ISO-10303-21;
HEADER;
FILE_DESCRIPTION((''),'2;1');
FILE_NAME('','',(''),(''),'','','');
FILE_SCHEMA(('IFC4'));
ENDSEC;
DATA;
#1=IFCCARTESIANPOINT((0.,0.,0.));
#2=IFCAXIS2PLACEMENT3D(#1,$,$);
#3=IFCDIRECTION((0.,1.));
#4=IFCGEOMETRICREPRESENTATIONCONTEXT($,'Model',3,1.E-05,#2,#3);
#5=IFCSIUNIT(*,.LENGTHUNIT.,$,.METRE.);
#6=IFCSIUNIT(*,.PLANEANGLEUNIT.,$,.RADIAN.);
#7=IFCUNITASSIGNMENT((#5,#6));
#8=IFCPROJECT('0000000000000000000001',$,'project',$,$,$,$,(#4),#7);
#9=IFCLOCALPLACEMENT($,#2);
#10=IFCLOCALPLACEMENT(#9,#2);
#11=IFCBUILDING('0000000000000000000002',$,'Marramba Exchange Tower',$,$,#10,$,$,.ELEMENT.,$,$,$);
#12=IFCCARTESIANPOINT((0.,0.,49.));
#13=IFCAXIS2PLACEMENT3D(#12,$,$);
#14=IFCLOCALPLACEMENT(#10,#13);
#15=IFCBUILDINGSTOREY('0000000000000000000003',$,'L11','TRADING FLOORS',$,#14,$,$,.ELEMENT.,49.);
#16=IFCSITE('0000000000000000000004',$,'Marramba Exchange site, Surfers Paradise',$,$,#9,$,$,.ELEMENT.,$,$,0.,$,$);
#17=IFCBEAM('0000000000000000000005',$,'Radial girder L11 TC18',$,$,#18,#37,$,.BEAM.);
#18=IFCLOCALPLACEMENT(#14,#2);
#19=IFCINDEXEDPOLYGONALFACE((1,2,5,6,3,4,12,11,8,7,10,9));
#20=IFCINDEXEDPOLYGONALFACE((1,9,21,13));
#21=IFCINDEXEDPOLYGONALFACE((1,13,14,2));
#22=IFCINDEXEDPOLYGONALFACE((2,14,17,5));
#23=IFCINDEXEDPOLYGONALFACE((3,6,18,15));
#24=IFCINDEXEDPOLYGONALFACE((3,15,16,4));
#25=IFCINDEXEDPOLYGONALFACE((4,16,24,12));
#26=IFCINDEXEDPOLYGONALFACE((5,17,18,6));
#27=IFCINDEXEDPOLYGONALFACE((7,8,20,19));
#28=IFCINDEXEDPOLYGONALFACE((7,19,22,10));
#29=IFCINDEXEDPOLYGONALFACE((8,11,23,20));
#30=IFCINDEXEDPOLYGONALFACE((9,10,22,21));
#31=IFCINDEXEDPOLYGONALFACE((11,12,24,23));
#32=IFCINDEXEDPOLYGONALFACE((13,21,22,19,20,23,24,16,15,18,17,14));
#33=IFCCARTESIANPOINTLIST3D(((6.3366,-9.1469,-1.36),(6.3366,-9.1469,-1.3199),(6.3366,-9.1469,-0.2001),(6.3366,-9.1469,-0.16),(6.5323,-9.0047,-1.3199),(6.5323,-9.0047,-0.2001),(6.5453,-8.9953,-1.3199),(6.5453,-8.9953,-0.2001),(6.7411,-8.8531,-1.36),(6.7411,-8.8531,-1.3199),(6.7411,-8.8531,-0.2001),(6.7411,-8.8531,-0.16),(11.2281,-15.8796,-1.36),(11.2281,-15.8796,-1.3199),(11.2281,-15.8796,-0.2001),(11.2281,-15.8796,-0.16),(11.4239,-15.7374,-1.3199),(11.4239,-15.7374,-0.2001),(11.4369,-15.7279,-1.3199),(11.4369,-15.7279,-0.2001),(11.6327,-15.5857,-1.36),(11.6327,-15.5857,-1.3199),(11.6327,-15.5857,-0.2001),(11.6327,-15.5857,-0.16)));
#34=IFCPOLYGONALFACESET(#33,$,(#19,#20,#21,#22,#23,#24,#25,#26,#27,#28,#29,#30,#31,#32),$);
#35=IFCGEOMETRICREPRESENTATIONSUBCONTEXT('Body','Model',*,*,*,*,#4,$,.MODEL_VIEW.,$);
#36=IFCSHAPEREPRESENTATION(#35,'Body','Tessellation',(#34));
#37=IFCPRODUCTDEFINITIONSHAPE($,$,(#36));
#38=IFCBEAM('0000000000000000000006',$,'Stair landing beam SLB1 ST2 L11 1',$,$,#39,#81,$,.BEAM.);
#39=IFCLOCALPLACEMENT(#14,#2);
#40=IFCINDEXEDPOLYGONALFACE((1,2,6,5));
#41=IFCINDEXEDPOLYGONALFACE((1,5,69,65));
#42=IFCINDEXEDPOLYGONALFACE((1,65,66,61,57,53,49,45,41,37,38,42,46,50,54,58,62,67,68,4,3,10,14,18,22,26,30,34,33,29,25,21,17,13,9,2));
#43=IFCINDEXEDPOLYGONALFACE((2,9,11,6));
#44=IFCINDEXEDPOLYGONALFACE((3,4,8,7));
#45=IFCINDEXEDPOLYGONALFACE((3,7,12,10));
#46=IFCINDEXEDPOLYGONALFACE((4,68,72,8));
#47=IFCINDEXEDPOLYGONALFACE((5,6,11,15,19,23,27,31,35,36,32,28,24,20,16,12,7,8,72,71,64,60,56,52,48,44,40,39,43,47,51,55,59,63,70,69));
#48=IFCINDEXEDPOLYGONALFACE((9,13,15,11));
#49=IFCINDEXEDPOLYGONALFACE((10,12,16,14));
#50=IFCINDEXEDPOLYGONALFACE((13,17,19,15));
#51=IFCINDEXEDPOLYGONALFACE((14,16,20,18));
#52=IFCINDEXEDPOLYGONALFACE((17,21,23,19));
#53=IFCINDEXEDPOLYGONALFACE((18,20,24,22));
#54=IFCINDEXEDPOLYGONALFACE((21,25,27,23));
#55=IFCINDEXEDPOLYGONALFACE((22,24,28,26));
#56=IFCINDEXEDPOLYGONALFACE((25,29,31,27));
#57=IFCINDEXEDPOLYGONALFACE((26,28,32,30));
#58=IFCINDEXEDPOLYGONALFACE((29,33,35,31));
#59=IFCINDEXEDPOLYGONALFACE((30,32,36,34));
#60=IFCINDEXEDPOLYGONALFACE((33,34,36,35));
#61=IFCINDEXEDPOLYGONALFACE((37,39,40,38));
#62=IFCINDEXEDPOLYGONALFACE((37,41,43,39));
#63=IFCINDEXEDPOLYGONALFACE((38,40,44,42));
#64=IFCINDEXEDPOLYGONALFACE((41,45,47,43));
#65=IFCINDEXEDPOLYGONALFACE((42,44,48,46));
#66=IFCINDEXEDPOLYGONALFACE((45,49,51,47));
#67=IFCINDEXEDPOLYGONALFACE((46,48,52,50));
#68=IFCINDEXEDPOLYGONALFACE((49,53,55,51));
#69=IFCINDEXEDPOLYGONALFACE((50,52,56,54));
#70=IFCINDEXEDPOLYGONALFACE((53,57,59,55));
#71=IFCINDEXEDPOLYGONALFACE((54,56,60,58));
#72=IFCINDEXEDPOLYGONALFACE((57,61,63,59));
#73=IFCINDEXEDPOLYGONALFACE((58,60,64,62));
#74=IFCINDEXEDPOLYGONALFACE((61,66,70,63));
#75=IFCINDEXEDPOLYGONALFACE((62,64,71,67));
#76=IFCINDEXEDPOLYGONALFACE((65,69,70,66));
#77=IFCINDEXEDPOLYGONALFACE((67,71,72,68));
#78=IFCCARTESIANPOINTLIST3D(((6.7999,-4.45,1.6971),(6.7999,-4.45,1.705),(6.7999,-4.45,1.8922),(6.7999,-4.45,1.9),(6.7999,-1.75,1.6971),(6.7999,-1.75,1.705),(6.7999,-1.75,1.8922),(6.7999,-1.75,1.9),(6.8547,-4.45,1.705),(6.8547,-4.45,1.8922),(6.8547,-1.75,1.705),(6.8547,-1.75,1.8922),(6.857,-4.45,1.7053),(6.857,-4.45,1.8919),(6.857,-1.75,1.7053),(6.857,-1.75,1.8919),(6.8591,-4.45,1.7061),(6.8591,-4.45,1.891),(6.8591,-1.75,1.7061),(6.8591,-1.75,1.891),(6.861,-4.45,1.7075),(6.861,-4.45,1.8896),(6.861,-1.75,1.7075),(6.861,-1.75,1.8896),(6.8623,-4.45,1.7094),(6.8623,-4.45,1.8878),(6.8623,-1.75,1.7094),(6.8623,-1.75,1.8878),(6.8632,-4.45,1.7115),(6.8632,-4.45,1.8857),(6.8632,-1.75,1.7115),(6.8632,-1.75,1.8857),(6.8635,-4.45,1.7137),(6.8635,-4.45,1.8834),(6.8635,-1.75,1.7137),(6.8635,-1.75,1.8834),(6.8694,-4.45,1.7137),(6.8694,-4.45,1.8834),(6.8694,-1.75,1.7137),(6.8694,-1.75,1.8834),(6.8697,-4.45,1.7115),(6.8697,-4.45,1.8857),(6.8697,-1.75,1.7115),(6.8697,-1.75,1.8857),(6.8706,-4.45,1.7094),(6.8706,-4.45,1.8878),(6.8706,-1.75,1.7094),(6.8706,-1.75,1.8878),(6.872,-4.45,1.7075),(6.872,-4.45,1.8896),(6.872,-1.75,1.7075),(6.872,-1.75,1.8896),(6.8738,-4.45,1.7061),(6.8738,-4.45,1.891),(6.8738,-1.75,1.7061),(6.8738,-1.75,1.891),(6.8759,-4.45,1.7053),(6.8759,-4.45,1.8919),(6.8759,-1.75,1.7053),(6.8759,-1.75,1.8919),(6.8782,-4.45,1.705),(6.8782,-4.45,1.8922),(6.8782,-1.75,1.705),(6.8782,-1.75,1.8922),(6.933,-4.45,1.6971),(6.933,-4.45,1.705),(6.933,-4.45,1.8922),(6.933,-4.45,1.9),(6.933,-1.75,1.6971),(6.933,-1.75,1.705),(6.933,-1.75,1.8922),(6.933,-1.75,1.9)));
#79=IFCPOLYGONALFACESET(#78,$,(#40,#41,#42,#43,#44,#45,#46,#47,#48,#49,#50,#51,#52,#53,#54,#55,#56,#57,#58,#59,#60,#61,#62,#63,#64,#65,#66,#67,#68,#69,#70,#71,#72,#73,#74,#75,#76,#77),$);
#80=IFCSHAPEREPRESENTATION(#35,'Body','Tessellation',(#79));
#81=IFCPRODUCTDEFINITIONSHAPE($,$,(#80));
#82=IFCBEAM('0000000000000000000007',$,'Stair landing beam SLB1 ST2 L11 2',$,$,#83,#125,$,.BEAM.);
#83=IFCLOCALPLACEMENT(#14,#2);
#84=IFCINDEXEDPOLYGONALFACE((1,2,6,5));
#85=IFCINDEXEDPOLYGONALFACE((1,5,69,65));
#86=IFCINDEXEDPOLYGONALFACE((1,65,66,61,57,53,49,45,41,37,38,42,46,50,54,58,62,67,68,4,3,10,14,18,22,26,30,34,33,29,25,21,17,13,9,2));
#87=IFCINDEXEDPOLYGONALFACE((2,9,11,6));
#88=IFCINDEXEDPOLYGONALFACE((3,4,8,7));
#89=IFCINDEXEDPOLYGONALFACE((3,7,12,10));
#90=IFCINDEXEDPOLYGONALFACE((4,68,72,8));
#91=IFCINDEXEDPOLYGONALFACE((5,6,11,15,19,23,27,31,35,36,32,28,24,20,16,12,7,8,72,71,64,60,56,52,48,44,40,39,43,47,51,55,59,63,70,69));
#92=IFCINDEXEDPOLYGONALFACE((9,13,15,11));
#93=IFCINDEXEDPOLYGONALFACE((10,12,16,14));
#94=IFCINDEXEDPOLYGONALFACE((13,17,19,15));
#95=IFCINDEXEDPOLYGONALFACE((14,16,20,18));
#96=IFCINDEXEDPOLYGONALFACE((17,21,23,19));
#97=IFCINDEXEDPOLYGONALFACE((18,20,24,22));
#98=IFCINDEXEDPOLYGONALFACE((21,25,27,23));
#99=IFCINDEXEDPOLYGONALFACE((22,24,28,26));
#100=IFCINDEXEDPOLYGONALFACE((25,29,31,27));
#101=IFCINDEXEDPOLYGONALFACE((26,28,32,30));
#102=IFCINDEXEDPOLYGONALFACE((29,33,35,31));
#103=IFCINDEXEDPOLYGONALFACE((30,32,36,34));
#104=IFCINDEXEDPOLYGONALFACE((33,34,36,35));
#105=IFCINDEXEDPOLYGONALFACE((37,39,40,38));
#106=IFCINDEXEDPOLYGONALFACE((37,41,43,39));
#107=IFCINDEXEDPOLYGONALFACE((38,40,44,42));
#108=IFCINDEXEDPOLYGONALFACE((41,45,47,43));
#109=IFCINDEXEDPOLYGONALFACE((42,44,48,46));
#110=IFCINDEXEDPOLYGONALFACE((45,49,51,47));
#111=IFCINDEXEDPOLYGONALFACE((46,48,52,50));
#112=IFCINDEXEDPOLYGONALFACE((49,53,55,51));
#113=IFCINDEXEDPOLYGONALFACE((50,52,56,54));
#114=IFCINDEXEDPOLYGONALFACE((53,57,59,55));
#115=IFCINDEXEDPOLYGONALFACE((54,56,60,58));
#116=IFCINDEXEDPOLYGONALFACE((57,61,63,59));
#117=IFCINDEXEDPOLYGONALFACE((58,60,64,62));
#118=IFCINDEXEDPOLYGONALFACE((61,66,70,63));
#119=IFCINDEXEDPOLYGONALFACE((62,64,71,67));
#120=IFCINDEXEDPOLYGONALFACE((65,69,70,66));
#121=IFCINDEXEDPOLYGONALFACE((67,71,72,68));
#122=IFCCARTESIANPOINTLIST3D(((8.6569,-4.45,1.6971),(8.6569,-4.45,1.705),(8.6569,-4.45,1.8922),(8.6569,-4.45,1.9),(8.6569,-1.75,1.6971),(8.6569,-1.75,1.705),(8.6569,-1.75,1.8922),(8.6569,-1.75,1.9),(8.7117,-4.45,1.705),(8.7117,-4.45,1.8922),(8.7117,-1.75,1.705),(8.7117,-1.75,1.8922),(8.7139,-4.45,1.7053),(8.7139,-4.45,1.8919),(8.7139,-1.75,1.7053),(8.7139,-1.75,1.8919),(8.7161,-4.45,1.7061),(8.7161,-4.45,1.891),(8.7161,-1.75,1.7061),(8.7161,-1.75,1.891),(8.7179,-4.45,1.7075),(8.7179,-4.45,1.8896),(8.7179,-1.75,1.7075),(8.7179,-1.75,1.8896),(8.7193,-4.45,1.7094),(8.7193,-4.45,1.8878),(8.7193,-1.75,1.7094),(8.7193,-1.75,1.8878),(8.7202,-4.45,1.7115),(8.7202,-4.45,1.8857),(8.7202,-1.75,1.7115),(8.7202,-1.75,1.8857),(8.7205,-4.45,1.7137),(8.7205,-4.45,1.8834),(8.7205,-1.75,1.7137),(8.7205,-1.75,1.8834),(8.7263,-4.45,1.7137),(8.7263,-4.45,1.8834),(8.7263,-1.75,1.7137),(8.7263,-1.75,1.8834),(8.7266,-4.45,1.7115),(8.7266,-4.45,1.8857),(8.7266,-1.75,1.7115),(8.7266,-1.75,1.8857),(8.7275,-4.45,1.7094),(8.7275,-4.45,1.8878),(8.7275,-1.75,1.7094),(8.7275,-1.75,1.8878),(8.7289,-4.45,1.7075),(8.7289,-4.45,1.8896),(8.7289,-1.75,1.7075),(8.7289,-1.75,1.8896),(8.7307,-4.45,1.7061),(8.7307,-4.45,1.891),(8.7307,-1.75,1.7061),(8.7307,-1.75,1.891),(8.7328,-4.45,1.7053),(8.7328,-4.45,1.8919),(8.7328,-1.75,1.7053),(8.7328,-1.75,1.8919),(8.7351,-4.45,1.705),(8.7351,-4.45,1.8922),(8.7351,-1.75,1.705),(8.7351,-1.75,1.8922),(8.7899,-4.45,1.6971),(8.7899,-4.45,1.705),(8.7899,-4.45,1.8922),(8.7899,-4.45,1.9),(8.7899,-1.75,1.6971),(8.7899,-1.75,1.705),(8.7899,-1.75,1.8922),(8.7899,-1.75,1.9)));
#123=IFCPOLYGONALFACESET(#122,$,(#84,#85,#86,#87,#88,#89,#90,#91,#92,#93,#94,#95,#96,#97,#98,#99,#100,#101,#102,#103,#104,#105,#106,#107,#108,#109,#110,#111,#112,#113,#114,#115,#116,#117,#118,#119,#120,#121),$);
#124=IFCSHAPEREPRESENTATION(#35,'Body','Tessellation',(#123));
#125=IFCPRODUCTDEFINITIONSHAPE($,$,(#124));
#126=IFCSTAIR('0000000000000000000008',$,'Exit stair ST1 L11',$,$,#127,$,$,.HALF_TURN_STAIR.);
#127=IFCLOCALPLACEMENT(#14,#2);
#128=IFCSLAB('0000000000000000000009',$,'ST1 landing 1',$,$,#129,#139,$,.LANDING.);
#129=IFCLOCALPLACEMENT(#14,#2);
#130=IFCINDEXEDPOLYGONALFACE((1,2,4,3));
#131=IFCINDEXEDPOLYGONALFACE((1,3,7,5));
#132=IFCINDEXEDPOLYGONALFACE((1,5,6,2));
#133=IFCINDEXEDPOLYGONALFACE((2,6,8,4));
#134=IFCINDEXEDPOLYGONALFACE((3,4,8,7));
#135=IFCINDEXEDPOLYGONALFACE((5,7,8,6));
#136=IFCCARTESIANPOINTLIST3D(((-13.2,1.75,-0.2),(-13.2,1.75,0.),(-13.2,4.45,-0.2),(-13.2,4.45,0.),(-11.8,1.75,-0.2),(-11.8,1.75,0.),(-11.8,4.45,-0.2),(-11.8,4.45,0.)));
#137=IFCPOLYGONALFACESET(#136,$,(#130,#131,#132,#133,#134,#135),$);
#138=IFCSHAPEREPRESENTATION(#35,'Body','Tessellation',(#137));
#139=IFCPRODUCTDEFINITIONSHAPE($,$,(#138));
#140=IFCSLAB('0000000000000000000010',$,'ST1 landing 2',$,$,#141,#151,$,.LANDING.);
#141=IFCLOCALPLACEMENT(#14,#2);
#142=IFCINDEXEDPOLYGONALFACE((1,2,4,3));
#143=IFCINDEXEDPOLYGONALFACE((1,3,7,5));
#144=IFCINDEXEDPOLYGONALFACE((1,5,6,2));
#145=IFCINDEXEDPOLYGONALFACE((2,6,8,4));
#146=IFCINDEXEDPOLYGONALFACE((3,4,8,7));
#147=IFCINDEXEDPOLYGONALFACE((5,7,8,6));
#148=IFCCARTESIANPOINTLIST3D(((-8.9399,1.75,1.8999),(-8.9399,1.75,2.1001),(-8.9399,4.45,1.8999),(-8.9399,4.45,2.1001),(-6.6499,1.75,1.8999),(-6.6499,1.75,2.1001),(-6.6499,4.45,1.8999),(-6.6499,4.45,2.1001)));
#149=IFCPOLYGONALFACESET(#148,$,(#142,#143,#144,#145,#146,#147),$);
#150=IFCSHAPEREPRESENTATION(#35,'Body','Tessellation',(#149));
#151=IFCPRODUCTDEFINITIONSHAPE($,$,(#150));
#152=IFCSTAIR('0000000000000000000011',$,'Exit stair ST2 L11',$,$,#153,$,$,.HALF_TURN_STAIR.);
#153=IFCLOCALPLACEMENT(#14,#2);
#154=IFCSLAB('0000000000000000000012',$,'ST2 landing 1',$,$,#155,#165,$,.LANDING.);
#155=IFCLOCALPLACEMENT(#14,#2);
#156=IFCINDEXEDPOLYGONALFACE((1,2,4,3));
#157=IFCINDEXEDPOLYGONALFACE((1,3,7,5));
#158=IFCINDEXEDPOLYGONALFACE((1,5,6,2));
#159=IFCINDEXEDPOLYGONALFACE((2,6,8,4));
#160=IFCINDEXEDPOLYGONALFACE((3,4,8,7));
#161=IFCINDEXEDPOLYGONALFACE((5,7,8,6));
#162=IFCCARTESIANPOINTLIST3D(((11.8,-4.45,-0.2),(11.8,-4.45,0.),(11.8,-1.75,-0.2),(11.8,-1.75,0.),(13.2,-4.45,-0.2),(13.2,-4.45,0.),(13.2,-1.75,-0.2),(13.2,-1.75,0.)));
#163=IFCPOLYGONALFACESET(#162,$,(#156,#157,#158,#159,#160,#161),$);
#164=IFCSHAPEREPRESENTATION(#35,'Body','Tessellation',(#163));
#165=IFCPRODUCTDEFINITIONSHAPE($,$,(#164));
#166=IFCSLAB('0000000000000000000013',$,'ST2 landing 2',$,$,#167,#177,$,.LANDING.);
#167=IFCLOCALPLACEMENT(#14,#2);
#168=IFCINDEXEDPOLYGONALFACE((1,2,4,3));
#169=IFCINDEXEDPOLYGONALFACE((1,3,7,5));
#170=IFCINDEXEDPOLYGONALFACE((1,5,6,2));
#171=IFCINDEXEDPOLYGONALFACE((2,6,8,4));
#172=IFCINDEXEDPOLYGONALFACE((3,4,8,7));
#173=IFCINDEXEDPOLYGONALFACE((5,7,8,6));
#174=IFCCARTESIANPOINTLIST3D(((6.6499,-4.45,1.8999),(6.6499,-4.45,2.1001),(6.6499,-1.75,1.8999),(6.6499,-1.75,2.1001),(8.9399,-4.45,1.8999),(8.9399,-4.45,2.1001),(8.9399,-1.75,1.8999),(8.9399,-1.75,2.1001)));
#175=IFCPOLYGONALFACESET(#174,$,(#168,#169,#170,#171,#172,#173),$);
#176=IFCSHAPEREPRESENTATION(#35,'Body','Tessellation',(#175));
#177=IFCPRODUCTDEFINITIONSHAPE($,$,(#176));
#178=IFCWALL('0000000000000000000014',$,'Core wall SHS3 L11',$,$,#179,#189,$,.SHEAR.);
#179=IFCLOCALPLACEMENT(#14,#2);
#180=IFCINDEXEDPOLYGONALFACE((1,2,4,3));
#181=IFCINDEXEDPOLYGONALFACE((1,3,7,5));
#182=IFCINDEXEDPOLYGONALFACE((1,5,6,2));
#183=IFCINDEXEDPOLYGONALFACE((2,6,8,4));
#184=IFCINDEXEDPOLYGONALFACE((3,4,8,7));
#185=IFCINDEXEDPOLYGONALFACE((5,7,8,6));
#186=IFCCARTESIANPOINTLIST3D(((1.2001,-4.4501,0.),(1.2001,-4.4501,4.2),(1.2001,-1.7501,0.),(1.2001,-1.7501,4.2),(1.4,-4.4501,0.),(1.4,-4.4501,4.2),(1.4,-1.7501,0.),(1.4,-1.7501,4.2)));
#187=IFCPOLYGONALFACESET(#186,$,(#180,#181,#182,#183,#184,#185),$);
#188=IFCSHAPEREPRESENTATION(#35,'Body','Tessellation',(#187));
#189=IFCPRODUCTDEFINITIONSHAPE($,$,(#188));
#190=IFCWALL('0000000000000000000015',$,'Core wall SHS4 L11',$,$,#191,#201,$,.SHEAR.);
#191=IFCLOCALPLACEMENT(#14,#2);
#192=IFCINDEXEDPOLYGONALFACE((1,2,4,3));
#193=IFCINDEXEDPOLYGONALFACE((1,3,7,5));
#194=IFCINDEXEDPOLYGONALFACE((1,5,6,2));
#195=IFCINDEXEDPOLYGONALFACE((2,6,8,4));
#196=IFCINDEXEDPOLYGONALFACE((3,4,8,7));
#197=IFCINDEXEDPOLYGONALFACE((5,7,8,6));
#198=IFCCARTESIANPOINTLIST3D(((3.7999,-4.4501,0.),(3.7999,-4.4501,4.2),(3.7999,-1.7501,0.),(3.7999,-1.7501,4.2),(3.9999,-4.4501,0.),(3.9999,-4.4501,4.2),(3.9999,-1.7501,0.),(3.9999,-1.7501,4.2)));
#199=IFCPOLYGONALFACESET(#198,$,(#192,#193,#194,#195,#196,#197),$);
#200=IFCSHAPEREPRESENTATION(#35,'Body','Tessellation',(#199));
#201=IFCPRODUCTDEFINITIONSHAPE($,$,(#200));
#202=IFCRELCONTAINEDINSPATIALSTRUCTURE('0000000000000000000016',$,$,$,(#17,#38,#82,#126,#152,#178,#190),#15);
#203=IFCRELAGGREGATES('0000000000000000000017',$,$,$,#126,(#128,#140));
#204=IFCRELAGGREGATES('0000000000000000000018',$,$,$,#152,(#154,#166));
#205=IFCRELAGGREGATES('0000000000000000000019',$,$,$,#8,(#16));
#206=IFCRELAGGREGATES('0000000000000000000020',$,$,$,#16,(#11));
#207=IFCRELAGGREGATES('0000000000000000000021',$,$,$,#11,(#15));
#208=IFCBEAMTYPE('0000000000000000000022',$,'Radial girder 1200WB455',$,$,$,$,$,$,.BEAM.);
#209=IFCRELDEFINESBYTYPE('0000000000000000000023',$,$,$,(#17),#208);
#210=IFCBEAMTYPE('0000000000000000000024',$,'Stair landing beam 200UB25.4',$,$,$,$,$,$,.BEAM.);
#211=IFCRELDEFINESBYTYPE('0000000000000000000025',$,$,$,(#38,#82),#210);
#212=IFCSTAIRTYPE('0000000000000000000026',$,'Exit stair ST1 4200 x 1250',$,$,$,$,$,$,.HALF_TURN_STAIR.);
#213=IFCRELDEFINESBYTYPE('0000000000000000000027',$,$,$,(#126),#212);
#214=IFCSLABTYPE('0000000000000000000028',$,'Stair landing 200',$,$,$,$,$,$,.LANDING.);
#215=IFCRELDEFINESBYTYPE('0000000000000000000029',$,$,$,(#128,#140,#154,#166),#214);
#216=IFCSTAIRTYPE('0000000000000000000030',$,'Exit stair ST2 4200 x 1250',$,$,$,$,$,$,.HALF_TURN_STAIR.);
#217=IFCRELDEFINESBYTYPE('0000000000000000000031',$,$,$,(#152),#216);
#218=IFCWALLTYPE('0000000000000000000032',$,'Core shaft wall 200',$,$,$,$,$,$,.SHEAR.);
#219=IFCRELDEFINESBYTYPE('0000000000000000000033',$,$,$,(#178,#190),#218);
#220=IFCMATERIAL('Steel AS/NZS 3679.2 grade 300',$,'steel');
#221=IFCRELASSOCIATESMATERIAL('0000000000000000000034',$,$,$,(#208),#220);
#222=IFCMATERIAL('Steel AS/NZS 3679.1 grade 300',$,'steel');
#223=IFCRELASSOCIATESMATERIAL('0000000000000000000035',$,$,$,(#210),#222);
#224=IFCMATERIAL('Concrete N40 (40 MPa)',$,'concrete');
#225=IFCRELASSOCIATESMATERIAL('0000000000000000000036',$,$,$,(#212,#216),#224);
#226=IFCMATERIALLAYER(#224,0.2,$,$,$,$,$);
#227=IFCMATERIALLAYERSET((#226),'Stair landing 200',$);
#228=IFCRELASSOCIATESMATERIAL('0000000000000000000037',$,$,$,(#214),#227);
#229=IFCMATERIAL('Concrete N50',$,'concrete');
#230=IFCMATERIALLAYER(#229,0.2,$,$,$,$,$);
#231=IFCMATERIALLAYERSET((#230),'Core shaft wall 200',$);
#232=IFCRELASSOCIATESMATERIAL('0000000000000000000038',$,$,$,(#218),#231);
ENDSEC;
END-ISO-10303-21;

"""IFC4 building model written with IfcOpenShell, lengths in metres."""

from ifc_helpers import new_model, si_unit, direction, frame, frame_2d, origin, origin_2d, place, context, subcontext, project, spatial, polyline, rectangle, i_section, outline, extrude, material, layer, layer_set, material_profile, profile_set, type_object, element, aggregate, save


model = new_model("IFC4")

# Units and contexts
model_context = context("Model", 3, precision=1e-05, world=origin(), true_north=direction((0.0, 1.0)))
body_context = subcontext(model_context, "Body", "Model", "MODEL_VIEW")
ifc_project = project(units=[si_unit("LENGTHUNIT", "METRE"), si_unit("PLANEANGLEUNIT", "RADIAN")], contexts=[model_context])

# Site, building, storey
site_placement = place(None, origin())
site = spatial("IfcSite", under=ifc_project, at=site_placement, Name="Marramba Exchange site, Surfers Paradise", CompositionType="ELEMENT", RefElevation=0.0)
building_placement = place(site_placement, origin())
building = spatial("IfcBuilding", under=site, at=building_placement, Name="Marramba Exchange Tower", CompositionType="ELEMENT")
storey_placement = place(building_placement, frame((0.0, 0.0, 49.0)))
storey = spatial("IfcBuildingStorey", under=building, at=storey_placement, Name="L11", Description="TRADING FLOORS", CompositionType="ELEMENT", Elevation=49.0)

# Beams
ifc_material_1 = material(Name="Steel AS/NZS 3679.2 grade 300", Category="steel")
ifc_material_profile_1 = material_profile(ifc_material_1, i_section(OverallWidth=0.5, OverallDepth=1.2, WebThickness=0.0161, FlangeThickness=0.04, at=origin_2d()), Name="1200WB455")
ifc_profile_set_1 = profile_set([ifc_material_profile_1], Name="Steel AS/NZS 3679.2 grade 300")
beam_type_1 = type_object("IfcBeamType", Name="Radial girder 1200WB455", PredefinedType="BEAM", material=ifc_profile_set_1)
beam_placement = place(storey_placement, frame((6.5388, -9.0, -0.76), z_axis=(0.587788, -0.809015, 0.0), x_axis=(0.809015, 0.587788, 0.0)))
element("IfcBeam", 1, at=beam_placement, inside=storey, type_object=beam_type_1, Name="Radial girder L11 TC18", PredefinedType="BEAM", context=body_context, shape_type="SweptSolid", body=[
    extrude(i_section(OverallWidth=0.5, OverallDepth=1.2, WebThickness=0.0161, FlangeThickness=0.04, at=origin_2d()), origin(), (0.0, 0.0, 1.0), 8.322),
])
ifc_material_2 = material(Name="Steel AS/NZS 3679.1 grade 300", Category="steel")
ifc_material_profile_2 = material_profile(ifc_material_2, i_section(OverallWidth=0.1331, OverallDepth=0.2029, WebThickness=0.0059, FlangeThickness=0.0078, FilletRadius=0.0088, at=origin_2d()), Name="200UB25.4")
ifc_profile_set_2 = profile_set([ifc_material_profile_2], Name="Steel AS/NZS 3679.1 grade 300")
beam_type_2 = type_object("IfcBeamType", Name="Stair landing beam 200UB25.4", PredefinedType="BEAM", material=ifc_profile_set_2)
for number, where, z_axis, x_axis, name in (
    (2, (6.8665, -4.45, 1.7986), (0.0, 1.0, 0.0), (-1.0, 0.0, 0.0), "Stair landing beam SLB1 ST2 L11 1"),
    (3, (8.7234, -4.45, 1.7986), (0.0, 1.0, 0.0), (-1.0, 0.0, 0.0), "Stair landing beam SLB1 ST2 L11 2"),
):
    element("IfcBeam", number, at=place(storey_placement, frame(where, z_axis=z_axis, x_axis=x_axis)), inside=storey, type_object=beam_type_2, Name=name, PredefinedType="BEAM", context=body_context, shape_type="SweptSolid", body=[
        extrude(i_section(OverallWidth=0.1331, OverallDepth=0.2029, WebThickness=0.0059, FlangeThickness=0.0078, FilletRadius=0.0088, at=origin_2d()), origin(), (0.0, 0.0, 1.0), 2.7),
    ])

# Stairs, slabs
ifc_material_3 = material(Name="Concrete N40 (40 MPa)", Category="concrete")
stair_type_1 = type_object("IfcStairType", Name="Exit stair ST1 4200 x 1250", PredefinedType="HALF_TURN_STAIR", material=ifc_material_3)
stair_1_placement = place(storey_placement, origin())
stair_1 = element("IfcStair", 4, at=stair_1_placement, inside=storey, type_object=stair_type_1, Name="Exit stair ST1 L11", PredefinedType="HALF_TURN_STAIR")
ifc_layer_1 = layer(ifc_material_3, 0.2)
ifc_layer_set_1 = layer_set([ifc_layer_1], Name="Stair landing 200")
slab_type = type_object("IfcSlabType", Name="Stair landing 200", PredefinedType="LANDING", material=ifc_layer_set_1)
slab_1_placement = place(storey_placement, frame((0.0, 0.0, -0.2)))
slab_1 = element("IfcSlab", 5, at=slab_1_placement, type_object=slab_type, Name="ST1 landing 1", PredefinedType="LANDING", context=body_context, shape_type="SweptSolid", body=[
    extrude(outline(polyline([(-13.2, 1.75), (-11.8, 1.75), (-11.8, 4.45), (-13.2, 4.45), (-13.2, 1.75)])), origin(), (0.0, 0.0, 1.0), 0.2),
])
slab_2_placement = place(storey_placement, frame((0.0, 0.0, 1.8999)))
slab_2 = element("IfcSlab", 6, at=slab_2_placement, type_object=slab_type, Name="ST1 landing 2", PredefinedType="LANDING", context=body_context, shape_type="SweptSolid", body=[
    extrude(outline(polyline([(-8.9399, 1.75), (-6.6499, 1.75), (-6.6499, 4.45), (-8.9399, 4.45), (-8.9399, 1.75)])), origin(), (0.0, 0.0, 1.0), 0.2002),
])
aggregate(stair_1, [slab_1, slab_2])
stair_type_2 = type_object("IfcStairType", Name="Exit stair ST2 4200 x 1250", PredefinedType="HALF_TURN_STAIR", material=ifc_material_3)
stair_2_placement = place(storey_placement, origin())
stair_2 = element("IfcStair", 7, at=stair_2_placement, inside=storey, type_object=stair_type_2, Name="Exit stair ST2 L11", PredefinedType="HALF_TURN_STAIR")
slab_3_placement = place(storey_placement, frame((0.0, 0.0, -0.2)))
slab_3 = element("IfcSlab", 8, at=slab_3_placement, type_object=slab_type, Name="ST2 landing 1", PredefinedType="LANDING", context=body_context, shape_type="SweptSolid", body=[
    extrude(outline(polyline([(11.8, -4.45), (13.2, -4.45), (13.2, -1.75), (11.8, -1.75), (11.8, -4.45)])), origin(), (0.0, 0.0, 1.0), 0.2),
])
slab_4_placement = place(storey_placement, frame((0.0, 0.0, 1.8999)))
slab_4 = element("IfcSlab", 9, at=slab_4_placement, type_object=slab_type, Name="ST2 landing 2", PredefinedType="LANDING", context=body_context, shape_type="SweptSolid", body=[
    extrude(outline(polyline([(6.6499, -4.45), (8.9399, -4.45), (8.9399, -1.75), (6.6499, -1.75), (6.6499, -4.45)])), origin(), (0.0, 0.0, 1.0), 0.2002),
])

# Walls
ifc_material_4 = material(Name="Concrete N50", Category="concrete")
ifc_layer_2 = layer(ifc_material_4, 0.2)
ifc_layer_set_2 = layer_set([ifc_layer_2], Name="Core shaft wall 200")
wall_type_1 = type_object("IfcWallType", Name="Core shaft wall 200", PredefinedType="SHEAR", material=ifc_layer_set_2)
for number, where, z_axis, x_axis, name in (
    (10, (1.3, -1.75, 0.0), (0.0, 0.0, 1.0), (0.0, -1.0, 0.0), "Core wall SHS3 L11"),
    (11, (3.8999, -1.75, 0.0), (0.0, 0.0, 1.0), (0.0, -1.0, 0.0), "Core wall SHS4 L11"),
):
    element("IfcWall", number, at=place(storey_placement, frame(where, z_axis=z_axis, x_axis=x_axis)), inside=storey, type_object=wall_type_1, Name=name, PredefinedType="SHEAR", context=body_context, shape_type="SweptSolid", body=[
        extrude(rectangle(XDim=2.7, YDim=0.2, at=frame_2d((1.3501, 0.0))), origin(), (0.0, 0.0, 1.0), 4.2),
    ])

aggregate(stair_2, [slab_3, slab_4])

save(model, "model.ifc")
